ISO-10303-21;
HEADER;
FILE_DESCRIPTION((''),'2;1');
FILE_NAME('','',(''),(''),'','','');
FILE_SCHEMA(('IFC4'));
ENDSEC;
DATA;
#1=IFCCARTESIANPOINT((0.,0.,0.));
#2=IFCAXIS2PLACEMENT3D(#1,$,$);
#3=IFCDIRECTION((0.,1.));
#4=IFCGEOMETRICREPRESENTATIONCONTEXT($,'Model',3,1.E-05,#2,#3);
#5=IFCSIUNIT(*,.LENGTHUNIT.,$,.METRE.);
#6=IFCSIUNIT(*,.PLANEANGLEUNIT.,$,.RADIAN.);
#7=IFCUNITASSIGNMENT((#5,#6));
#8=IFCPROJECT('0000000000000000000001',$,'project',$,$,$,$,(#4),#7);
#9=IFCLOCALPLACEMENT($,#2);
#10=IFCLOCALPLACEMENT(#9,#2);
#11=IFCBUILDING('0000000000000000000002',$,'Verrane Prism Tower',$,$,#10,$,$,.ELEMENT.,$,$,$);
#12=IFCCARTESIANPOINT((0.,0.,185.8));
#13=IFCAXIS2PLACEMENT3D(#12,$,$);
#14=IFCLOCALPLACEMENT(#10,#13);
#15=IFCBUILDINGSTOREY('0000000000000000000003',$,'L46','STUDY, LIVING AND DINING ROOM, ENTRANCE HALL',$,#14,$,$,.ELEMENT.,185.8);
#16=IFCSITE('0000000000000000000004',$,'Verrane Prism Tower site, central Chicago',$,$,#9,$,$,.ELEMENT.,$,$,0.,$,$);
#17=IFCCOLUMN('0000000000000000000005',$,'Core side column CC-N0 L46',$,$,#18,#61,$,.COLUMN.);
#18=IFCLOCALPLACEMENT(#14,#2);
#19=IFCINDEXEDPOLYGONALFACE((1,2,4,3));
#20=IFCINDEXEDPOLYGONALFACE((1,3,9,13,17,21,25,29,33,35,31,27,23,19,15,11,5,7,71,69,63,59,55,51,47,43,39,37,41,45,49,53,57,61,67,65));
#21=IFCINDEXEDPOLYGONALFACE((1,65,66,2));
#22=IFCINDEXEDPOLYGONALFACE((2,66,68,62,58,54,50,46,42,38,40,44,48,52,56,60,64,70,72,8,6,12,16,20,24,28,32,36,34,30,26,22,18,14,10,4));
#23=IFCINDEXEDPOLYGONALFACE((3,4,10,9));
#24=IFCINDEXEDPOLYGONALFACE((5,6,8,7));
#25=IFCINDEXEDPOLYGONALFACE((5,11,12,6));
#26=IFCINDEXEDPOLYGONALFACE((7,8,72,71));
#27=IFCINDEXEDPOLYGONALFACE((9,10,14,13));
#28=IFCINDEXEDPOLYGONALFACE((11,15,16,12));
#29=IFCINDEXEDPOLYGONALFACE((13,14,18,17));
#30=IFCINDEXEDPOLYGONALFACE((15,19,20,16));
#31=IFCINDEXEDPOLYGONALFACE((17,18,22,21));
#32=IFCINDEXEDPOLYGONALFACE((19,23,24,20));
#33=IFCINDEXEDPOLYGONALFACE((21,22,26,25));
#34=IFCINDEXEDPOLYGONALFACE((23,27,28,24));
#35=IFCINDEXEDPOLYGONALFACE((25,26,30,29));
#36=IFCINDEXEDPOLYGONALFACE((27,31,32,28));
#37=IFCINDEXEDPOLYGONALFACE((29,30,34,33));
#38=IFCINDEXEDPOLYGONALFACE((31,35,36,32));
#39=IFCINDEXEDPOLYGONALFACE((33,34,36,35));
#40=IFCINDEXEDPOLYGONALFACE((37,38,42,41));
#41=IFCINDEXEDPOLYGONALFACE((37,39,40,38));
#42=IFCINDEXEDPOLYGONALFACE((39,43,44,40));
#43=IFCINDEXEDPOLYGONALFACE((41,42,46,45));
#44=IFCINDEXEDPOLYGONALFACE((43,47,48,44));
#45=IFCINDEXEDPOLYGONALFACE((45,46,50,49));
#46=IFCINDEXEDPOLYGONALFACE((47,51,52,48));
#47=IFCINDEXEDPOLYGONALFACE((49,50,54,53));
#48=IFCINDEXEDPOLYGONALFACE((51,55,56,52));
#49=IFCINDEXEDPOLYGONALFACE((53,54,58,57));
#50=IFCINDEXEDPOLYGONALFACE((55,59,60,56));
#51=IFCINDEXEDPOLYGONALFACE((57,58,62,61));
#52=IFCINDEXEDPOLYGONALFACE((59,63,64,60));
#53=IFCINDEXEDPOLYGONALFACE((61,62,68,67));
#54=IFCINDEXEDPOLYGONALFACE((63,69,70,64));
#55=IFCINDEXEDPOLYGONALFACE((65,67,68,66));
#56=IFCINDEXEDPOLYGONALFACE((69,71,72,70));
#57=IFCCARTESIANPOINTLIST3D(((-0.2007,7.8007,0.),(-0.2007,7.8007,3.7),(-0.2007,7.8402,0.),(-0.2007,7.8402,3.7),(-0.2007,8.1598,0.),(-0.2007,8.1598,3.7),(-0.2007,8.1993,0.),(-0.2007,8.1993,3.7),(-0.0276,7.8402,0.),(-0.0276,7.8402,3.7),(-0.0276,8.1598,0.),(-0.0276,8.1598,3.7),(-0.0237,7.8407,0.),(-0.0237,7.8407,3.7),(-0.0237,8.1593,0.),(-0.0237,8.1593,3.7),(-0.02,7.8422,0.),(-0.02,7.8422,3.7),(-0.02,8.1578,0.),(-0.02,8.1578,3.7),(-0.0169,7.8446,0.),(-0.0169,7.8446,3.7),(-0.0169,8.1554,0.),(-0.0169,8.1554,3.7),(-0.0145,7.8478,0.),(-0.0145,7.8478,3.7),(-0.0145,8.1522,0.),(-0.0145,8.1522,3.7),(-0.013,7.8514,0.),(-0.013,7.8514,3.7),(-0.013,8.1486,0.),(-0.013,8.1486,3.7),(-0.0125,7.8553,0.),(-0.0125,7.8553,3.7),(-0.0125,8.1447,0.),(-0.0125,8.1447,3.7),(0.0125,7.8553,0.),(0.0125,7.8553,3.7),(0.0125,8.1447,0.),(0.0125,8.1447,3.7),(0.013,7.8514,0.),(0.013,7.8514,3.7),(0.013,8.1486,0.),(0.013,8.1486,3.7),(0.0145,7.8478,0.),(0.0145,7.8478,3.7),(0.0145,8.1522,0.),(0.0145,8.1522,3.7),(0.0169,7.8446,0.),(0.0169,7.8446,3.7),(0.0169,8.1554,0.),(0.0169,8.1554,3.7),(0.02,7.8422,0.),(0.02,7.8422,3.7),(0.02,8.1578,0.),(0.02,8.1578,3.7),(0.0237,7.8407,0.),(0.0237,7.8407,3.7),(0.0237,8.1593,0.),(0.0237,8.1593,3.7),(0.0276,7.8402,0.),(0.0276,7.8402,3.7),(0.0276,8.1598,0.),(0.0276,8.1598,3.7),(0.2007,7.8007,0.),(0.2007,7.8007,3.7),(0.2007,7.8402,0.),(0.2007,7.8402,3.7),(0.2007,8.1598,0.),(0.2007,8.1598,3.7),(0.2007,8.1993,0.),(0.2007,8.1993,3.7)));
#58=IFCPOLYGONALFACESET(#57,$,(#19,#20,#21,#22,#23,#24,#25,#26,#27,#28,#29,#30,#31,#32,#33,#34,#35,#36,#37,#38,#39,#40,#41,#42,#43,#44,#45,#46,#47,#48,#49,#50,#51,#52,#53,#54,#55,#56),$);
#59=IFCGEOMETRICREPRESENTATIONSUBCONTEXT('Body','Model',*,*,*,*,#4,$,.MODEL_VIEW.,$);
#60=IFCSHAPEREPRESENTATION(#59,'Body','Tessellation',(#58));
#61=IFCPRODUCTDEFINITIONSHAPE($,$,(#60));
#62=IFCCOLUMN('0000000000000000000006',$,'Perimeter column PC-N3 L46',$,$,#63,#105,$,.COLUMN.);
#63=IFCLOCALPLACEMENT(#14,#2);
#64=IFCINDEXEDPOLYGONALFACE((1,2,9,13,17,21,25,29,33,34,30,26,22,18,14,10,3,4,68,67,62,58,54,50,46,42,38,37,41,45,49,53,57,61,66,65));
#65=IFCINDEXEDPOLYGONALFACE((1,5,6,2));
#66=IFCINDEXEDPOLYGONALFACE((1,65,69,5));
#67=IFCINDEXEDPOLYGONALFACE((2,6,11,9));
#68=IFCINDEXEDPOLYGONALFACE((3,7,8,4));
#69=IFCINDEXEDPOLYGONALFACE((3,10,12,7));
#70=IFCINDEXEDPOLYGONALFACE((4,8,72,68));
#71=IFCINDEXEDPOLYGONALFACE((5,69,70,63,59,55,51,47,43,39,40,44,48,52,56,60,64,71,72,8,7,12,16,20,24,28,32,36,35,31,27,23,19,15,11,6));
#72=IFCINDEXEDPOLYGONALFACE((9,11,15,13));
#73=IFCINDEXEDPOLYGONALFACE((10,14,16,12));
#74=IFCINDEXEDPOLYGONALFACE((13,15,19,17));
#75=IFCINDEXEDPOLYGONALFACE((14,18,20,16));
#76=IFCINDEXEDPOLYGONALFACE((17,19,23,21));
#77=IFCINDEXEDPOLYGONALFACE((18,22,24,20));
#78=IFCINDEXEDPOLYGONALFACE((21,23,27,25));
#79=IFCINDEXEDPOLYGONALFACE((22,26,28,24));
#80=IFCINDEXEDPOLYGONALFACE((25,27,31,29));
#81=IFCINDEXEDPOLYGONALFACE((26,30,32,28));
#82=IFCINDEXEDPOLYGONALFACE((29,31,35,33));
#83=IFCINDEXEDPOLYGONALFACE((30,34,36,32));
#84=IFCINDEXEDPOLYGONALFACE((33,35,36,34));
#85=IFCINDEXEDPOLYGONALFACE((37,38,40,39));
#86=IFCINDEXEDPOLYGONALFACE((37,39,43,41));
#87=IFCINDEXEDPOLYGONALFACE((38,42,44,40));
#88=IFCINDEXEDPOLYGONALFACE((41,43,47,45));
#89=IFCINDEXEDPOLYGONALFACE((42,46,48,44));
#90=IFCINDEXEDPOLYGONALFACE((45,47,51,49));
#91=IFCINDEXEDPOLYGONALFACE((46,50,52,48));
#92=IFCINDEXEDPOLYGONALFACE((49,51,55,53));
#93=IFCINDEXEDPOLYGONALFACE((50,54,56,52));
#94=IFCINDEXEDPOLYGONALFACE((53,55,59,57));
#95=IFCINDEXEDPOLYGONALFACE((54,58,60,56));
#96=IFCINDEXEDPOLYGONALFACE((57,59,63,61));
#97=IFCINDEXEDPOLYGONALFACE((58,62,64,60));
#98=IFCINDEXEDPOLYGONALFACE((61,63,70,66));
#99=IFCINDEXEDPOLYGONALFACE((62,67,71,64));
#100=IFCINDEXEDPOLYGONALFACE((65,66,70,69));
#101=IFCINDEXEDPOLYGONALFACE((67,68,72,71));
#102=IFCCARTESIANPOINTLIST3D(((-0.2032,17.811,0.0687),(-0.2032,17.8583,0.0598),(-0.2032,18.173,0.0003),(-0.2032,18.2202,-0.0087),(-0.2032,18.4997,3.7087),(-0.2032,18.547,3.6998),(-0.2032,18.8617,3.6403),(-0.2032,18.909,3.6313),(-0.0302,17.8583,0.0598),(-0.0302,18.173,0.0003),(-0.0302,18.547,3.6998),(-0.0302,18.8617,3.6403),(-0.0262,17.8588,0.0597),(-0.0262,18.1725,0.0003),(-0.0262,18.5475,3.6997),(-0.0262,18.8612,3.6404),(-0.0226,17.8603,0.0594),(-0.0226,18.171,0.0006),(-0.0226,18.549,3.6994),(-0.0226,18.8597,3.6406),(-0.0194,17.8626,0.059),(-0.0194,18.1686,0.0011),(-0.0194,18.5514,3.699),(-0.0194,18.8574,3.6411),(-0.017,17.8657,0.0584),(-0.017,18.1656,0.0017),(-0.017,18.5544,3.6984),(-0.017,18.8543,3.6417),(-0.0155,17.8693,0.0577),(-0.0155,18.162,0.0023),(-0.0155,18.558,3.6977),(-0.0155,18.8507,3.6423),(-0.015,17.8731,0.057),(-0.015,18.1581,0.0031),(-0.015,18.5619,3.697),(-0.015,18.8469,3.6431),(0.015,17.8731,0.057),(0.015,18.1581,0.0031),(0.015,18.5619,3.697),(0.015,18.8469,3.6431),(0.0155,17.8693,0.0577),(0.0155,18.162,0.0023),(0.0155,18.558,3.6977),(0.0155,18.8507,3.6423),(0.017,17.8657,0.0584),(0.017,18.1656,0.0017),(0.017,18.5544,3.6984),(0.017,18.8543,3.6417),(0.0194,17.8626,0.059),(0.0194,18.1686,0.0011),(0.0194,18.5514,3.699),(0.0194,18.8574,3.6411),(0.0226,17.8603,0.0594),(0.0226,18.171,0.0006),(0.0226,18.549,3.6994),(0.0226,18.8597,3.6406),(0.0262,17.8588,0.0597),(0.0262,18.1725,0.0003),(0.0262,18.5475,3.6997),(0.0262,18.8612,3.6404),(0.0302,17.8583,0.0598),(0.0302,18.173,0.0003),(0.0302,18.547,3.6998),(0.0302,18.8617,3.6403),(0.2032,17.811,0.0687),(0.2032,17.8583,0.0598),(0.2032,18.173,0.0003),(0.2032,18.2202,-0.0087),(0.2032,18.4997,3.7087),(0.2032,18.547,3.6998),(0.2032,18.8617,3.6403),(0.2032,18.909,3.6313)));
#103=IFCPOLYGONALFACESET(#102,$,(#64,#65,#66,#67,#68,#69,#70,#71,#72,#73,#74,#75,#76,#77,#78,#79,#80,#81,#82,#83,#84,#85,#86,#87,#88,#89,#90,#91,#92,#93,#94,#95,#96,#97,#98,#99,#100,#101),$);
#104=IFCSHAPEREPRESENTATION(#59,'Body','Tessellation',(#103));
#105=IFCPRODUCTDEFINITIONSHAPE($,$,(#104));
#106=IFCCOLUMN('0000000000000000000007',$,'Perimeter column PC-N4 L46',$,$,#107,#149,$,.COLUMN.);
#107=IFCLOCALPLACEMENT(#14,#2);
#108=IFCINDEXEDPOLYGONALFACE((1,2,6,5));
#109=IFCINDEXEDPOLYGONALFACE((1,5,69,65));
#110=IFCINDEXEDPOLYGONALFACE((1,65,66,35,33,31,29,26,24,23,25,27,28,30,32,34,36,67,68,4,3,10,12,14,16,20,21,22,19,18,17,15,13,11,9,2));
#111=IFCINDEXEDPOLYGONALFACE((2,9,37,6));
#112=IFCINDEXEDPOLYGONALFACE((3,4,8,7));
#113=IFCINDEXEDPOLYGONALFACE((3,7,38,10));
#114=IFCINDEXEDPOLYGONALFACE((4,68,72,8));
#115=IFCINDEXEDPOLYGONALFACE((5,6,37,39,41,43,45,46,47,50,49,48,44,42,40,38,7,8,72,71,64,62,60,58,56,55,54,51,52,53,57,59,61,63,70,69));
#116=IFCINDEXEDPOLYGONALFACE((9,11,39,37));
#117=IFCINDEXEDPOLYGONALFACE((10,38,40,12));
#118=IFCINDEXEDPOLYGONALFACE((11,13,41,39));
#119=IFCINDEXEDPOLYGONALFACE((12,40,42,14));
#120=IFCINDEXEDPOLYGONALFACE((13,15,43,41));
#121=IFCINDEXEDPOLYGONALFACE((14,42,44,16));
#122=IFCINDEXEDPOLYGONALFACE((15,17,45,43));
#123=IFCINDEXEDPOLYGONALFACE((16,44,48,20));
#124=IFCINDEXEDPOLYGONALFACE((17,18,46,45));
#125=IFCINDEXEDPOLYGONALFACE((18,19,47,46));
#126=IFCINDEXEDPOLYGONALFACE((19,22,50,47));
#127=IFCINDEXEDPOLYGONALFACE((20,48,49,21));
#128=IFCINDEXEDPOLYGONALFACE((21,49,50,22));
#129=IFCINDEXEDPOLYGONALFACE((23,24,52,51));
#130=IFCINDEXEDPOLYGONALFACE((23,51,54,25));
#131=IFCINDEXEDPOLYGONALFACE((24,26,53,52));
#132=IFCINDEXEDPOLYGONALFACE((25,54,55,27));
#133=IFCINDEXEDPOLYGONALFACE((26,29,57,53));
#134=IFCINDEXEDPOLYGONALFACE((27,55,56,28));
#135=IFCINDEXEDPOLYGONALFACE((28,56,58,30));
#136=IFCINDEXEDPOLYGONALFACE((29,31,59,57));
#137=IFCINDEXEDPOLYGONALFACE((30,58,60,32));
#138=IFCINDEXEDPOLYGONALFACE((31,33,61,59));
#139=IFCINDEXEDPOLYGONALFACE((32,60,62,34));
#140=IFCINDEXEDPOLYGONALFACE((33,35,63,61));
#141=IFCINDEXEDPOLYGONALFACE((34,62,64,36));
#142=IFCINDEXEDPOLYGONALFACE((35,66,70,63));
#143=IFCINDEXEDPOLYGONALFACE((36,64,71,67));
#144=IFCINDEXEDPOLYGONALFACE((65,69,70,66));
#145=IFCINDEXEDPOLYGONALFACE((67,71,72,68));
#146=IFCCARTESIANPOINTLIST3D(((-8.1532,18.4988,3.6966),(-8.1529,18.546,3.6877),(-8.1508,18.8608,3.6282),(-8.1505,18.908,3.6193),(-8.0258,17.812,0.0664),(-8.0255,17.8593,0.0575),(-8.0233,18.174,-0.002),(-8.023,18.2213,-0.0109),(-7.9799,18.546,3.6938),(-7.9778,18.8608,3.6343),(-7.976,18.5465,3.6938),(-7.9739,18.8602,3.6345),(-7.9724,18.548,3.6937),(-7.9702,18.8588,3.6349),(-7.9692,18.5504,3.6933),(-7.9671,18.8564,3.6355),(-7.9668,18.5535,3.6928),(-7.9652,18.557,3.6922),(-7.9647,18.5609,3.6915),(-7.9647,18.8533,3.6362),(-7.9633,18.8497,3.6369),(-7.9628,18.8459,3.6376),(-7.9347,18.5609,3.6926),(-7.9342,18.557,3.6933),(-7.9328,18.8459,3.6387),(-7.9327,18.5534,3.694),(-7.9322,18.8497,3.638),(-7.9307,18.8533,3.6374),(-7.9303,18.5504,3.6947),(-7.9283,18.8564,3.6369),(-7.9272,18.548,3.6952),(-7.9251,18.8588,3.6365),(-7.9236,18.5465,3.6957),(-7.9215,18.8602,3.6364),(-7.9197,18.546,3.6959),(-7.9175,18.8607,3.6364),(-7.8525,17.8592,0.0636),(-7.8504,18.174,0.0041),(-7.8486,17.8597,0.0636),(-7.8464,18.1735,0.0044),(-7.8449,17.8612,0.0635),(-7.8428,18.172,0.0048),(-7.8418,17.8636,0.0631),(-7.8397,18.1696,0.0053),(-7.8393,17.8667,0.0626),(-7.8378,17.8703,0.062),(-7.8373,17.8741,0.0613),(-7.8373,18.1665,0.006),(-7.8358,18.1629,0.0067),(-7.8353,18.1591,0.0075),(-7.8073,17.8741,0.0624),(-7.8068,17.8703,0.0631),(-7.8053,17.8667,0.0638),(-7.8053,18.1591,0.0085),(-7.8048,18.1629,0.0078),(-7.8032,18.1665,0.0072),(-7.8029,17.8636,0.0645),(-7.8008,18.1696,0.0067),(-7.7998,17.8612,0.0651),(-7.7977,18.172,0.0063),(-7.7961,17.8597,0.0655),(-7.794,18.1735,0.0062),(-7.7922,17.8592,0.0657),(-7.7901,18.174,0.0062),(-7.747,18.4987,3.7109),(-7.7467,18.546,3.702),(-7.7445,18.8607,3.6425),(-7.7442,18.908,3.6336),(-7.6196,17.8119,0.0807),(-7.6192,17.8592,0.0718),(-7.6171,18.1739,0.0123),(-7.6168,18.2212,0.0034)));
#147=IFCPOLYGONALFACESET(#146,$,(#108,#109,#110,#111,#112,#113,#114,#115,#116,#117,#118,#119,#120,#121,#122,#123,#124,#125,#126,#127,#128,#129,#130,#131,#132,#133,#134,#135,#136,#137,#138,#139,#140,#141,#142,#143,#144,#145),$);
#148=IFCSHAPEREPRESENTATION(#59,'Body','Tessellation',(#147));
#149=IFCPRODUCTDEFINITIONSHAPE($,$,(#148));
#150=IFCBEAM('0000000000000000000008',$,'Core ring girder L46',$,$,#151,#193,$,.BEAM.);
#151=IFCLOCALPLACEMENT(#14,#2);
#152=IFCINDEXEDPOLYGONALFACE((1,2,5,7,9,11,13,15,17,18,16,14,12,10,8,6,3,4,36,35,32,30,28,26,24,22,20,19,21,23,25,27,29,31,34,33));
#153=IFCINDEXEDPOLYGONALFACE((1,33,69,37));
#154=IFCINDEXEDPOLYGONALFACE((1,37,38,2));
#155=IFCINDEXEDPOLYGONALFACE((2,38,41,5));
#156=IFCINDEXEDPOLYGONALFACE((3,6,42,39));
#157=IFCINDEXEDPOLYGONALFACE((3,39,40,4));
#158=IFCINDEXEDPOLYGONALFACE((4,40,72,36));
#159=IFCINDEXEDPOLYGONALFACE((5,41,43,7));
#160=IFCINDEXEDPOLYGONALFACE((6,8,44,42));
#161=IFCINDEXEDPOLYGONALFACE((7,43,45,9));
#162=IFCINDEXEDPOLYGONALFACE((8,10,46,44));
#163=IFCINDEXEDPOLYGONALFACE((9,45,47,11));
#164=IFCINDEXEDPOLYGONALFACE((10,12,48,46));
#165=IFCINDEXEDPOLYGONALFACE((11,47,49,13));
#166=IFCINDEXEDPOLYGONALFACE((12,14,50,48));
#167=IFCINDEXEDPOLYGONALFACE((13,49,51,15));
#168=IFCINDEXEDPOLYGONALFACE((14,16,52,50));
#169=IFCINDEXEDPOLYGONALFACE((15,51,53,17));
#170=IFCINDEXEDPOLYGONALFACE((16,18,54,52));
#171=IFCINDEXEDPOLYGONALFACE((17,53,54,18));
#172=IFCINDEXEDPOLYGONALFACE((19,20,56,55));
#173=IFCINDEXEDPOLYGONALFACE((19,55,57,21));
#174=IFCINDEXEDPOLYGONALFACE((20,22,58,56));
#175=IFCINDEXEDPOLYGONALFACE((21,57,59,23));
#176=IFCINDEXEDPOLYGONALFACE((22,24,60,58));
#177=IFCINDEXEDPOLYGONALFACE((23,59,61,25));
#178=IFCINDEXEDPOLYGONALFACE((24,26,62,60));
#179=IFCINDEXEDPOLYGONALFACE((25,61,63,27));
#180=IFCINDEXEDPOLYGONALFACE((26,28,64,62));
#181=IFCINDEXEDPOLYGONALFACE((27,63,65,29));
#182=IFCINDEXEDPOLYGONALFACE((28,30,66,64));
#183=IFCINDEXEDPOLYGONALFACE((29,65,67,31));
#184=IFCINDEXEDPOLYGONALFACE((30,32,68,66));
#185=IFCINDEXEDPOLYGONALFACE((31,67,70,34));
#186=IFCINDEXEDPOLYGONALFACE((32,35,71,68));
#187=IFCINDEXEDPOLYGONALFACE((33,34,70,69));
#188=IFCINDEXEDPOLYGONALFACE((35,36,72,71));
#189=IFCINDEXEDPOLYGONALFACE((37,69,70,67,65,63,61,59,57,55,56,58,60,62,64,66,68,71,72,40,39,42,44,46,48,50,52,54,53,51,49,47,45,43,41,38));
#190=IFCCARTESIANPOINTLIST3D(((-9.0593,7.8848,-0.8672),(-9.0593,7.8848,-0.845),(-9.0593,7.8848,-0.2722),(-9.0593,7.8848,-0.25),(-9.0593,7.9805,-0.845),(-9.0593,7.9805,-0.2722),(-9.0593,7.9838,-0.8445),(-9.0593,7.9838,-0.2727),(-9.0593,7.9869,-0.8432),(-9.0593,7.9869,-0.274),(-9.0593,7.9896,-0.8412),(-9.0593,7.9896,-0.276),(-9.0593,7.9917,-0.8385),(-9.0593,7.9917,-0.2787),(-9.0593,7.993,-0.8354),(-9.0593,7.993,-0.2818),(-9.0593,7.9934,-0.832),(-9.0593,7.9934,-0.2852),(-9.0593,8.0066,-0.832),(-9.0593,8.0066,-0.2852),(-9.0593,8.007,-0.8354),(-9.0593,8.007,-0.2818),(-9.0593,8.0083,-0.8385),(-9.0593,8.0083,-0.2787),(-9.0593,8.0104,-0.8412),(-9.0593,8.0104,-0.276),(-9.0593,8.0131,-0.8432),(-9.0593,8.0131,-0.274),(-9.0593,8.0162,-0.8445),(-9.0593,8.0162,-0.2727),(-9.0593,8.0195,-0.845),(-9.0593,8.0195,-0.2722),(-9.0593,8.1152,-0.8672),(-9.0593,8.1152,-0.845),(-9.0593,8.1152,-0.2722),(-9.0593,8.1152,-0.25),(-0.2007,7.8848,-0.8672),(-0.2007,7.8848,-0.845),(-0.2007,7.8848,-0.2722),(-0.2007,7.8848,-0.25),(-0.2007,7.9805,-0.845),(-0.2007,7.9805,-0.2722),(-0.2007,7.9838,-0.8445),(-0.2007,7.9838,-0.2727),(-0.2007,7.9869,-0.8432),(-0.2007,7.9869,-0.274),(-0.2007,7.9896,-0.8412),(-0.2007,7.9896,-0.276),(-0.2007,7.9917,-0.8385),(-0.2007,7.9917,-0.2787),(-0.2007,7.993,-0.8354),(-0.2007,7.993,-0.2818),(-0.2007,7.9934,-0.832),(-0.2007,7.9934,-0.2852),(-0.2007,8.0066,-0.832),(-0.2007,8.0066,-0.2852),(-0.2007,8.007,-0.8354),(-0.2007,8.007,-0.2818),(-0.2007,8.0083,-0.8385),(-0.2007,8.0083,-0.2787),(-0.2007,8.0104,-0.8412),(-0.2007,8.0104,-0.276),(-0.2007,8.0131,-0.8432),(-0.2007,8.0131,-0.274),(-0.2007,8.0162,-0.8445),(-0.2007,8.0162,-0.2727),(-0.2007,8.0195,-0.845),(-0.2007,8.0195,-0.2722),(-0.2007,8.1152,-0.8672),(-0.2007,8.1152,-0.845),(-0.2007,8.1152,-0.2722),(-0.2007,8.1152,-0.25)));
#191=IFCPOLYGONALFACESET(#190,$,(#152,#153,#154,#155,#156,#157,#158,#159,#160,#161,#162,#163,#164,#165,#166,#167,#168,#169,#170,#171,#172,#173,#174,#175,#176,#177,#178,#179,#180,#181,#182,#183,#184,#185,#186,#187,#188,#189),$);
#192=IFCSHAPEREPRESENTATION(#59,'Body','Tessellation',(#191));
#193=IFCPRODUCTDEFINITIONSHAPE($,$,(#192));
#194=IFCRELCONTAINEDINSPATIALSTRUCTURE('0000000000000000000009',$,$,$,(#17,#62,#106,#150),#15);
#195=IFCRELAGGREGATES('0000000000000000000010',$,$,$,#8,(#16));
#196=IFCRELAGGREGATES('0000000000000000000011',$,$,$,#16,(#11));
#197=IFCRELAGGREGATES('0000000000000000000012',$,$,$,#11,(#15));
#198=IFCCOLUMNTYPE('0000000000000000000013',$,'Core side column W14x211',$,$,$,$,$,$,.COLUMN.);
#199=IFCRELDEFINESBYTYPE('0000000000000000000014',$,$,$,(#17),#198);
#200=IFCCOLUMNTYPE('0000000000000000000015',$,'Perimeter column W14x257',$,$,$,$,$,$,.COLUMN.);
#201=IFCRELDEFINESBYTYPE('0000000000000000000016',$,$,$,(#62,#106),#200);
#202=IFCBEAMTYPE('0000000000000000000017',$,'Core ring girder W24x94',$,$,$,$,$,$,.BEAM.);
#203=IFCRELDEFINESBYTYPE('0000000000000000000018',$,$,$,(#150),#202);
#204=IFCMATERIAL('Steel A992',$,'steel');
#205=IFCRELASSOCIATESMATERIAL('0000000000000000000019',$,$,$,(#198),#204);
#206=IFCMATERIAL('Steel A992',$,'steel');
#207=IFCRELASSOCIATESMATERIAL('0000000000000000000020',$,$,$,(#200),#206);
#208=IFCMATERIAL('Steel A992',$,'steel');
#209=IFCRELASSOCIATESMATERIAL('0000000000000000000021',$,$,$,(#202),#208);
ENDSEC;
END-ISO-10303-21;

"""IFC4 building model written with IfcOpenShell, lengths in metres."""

from ifc_helpers import new_model, si_unit, direction, frame, origin, origin_2d, place, context, subcontext, project, spatial, i_section, extrude, material, material_profile, profile_set, type_object, element, save


model = new_model("IFC4")

# Units and contexts
model_context = context("Model", 3, precision=1e-05, world=origin(), true_north=direction((0.0, 1.0)))
body_context = subcontext(model_context, "Body", "Model", "MODEL_VIEW")
ifc_project = project(units=[si_unit("LENGTHUNIT", "METRE"), si_unit("PLANEANGLEUNIT", "RADIAN")], contexts=[model_context])

# Site, building, storey
site_placement = place(None, origin())
site = spatial("IfcSite", under=ifc_project, at=site_placement, Name="Verrane Prism Tower site, central Chicago", CompositionType="ELEMENT", RefElevation=0.0)
building_placement = place(site_placement, origin())
building = spatial("IfcBuilding", under=site, at=building_placement, Name="Verrane Prism Tower", CompositionType="ELEMENT")
storey_placement = place(building_placement, frame((0.0, 0.0, 185.8)))
storey = spatial("IfcBuildingStorey", under=building, at=storey_placement, Name="L46", Description="STUDY, LIVING AND DINING ROOM, ENTRANCE HALL", CompositionType="ELEMENT", Elevation=185.8)

# Columns
ifc_material_1 = material(Name="Steel A992", Category="steel")
ifc_material_profile_1 = material_profile(ifc_material_1, i_section(OverallWidth=0.4014, OverallDepth=0.3987, WebThickness=0.0249, FlangeThickness=0.0396, FilletRadius=0.0151, at=origin_2d()), Name="W14x211")
ifc_profile_set_1 = profile_set([ifc_material_profile_1], Name="Steel A992")
column_type_1 = type_object("IfcColumnType", Name="Core side column W14x211", PredefinedType="COLUMN", material=ifc_profile_set_1)
column_1_placement = place(storey_placement, frame((0.0, 8.0, 0.0), z_axis=(0.0, 0.0, 1.0), x_axis=(1.0, 0.0, 0.0)))
element("IfcColumn", 1, at=column_1_placement, inside=storey, type_object=column_type_1, Name="Core side column CC-N0 L46", PredefinedType="COLUMN", context=body_context, shape_type="SweptSolid", body=[
    extrude(i_section(OverallWidth=0.4014, OverallDepth=0.3987, WebThickness=0.0249, FlangeThickness=0.0396, FilletRadius=0.0151, at=origin_2d()), origin(), (0.0, 0.0, 1.0), 3.7),
])
ifc_material_2 = material(Name="Steel A992", Category="steel")
ifc_material_profile_2 = material_profile(ifc_material_2, i_section(OverallWidth=0.4065, OverallDepth=0.4165, WebThickness=0.03, FlangeThickness=0.0481, FilletRadius=0.0151, at=origin_2d()), Name="W14x257")
ifc_profile_set_2 = profile_set([ifc_material_profile_2], Name="Steel A992")
column_type_2 = type_object("IfcColumnType", Name="Perimeter column W14x257", PredefinedType="COLUMN", material=ifc_profile_set_2)
column_2_placement = place(storey_placement, frame((0.0, 18.0156, 0.03), z_axis=(0.0, 0.185916, 0.982566), x_axis=(1.0, 0.0, 0.0)))
element("IfcColumn", 2, at=column_2_placement, inside=storey, type_object=column_type_2, Name="Perimeter column PC-N3 L46", PredefinedType="COLUMN", context=body_context, shape_type="SweptSolid", body=[
    extrude(i_section(OverallWidth=0.4065, OverallDepth=0.4165, WebThickness=0.03, FlangeThickness=0.0481, FilletRadius=0.0151, at=origin_2d()), origin(), (0.0, 0.0, 1.0), 3.7046),
])
column_3_placement = place(storey_placement, frame((-7.8213, 18.0166, 0.0349), z_axis=(-0.034474, 0.185778, 0.981987), x_axis=(0.999383, -0.000143, 0.035112)))
element("IfcColumn", 3, at=column_3_placement, inside=storey, type_object=column_type_2, Name="Perimeter column PC-N4 L46", PredefinedType="COLUMN", context=body_context, shape_type="SweptSolid", body=[
    extrude(i_section(OverallWidth=0.4065, OverallDepth=0.4165, WebThickness=0.03, FlangeThickness=0.0481, FilletRadius=0.0151, at=origin_2d()), origin(), (0.0, 0.0, 1.0), 3.6968),
])

# Beam
ifc_material_3 = material(Name="Steel A992", Category="steel")
ifc_material_profile_3 = material_profile(ifc_material_3, i_section(OverallWidth=0.2305, OverallDepth=0.6172, WebThickness=0.0132, FlangeThickness=0.0222, FilletRadius=0.0129, at=origin_2d()), Name="W24x94")
ifc_profile_set_3 = profile_set([ifc_material_profile_3], Name="Steel A992")
beam_type_1 = type_object("IfcBeamType", Name="Core ring girder W24x94", PredefinedType="BEAM", material=ifc_profile_set_3)
beam_1_placement = place(storey_placement, frame((-0.2007, 8.0, -0.5586), z_axis=(-1.0, 0.0, 0.0), x_axis=(0.0, -1.0, 0.0)))
element("IfcBeam", 4, at=beam_1_placement, inside=storey, type_object=beam_type_1, Name="Core ring girder L46", PredefinedType="BEAM", context=body_context, shape_type="SweptSolid", body=[
    extrude(i_section(OverallWidth=0.2305, OverallDepth=0.6172, WebThickness=0.0132, FlangeThickness=0.0222, FilletRadius=0.0129, at=origin_2d()), origin(), (0.0, 0.0, 1.0), 8.8586),
])

save(model, "model.ifc")
